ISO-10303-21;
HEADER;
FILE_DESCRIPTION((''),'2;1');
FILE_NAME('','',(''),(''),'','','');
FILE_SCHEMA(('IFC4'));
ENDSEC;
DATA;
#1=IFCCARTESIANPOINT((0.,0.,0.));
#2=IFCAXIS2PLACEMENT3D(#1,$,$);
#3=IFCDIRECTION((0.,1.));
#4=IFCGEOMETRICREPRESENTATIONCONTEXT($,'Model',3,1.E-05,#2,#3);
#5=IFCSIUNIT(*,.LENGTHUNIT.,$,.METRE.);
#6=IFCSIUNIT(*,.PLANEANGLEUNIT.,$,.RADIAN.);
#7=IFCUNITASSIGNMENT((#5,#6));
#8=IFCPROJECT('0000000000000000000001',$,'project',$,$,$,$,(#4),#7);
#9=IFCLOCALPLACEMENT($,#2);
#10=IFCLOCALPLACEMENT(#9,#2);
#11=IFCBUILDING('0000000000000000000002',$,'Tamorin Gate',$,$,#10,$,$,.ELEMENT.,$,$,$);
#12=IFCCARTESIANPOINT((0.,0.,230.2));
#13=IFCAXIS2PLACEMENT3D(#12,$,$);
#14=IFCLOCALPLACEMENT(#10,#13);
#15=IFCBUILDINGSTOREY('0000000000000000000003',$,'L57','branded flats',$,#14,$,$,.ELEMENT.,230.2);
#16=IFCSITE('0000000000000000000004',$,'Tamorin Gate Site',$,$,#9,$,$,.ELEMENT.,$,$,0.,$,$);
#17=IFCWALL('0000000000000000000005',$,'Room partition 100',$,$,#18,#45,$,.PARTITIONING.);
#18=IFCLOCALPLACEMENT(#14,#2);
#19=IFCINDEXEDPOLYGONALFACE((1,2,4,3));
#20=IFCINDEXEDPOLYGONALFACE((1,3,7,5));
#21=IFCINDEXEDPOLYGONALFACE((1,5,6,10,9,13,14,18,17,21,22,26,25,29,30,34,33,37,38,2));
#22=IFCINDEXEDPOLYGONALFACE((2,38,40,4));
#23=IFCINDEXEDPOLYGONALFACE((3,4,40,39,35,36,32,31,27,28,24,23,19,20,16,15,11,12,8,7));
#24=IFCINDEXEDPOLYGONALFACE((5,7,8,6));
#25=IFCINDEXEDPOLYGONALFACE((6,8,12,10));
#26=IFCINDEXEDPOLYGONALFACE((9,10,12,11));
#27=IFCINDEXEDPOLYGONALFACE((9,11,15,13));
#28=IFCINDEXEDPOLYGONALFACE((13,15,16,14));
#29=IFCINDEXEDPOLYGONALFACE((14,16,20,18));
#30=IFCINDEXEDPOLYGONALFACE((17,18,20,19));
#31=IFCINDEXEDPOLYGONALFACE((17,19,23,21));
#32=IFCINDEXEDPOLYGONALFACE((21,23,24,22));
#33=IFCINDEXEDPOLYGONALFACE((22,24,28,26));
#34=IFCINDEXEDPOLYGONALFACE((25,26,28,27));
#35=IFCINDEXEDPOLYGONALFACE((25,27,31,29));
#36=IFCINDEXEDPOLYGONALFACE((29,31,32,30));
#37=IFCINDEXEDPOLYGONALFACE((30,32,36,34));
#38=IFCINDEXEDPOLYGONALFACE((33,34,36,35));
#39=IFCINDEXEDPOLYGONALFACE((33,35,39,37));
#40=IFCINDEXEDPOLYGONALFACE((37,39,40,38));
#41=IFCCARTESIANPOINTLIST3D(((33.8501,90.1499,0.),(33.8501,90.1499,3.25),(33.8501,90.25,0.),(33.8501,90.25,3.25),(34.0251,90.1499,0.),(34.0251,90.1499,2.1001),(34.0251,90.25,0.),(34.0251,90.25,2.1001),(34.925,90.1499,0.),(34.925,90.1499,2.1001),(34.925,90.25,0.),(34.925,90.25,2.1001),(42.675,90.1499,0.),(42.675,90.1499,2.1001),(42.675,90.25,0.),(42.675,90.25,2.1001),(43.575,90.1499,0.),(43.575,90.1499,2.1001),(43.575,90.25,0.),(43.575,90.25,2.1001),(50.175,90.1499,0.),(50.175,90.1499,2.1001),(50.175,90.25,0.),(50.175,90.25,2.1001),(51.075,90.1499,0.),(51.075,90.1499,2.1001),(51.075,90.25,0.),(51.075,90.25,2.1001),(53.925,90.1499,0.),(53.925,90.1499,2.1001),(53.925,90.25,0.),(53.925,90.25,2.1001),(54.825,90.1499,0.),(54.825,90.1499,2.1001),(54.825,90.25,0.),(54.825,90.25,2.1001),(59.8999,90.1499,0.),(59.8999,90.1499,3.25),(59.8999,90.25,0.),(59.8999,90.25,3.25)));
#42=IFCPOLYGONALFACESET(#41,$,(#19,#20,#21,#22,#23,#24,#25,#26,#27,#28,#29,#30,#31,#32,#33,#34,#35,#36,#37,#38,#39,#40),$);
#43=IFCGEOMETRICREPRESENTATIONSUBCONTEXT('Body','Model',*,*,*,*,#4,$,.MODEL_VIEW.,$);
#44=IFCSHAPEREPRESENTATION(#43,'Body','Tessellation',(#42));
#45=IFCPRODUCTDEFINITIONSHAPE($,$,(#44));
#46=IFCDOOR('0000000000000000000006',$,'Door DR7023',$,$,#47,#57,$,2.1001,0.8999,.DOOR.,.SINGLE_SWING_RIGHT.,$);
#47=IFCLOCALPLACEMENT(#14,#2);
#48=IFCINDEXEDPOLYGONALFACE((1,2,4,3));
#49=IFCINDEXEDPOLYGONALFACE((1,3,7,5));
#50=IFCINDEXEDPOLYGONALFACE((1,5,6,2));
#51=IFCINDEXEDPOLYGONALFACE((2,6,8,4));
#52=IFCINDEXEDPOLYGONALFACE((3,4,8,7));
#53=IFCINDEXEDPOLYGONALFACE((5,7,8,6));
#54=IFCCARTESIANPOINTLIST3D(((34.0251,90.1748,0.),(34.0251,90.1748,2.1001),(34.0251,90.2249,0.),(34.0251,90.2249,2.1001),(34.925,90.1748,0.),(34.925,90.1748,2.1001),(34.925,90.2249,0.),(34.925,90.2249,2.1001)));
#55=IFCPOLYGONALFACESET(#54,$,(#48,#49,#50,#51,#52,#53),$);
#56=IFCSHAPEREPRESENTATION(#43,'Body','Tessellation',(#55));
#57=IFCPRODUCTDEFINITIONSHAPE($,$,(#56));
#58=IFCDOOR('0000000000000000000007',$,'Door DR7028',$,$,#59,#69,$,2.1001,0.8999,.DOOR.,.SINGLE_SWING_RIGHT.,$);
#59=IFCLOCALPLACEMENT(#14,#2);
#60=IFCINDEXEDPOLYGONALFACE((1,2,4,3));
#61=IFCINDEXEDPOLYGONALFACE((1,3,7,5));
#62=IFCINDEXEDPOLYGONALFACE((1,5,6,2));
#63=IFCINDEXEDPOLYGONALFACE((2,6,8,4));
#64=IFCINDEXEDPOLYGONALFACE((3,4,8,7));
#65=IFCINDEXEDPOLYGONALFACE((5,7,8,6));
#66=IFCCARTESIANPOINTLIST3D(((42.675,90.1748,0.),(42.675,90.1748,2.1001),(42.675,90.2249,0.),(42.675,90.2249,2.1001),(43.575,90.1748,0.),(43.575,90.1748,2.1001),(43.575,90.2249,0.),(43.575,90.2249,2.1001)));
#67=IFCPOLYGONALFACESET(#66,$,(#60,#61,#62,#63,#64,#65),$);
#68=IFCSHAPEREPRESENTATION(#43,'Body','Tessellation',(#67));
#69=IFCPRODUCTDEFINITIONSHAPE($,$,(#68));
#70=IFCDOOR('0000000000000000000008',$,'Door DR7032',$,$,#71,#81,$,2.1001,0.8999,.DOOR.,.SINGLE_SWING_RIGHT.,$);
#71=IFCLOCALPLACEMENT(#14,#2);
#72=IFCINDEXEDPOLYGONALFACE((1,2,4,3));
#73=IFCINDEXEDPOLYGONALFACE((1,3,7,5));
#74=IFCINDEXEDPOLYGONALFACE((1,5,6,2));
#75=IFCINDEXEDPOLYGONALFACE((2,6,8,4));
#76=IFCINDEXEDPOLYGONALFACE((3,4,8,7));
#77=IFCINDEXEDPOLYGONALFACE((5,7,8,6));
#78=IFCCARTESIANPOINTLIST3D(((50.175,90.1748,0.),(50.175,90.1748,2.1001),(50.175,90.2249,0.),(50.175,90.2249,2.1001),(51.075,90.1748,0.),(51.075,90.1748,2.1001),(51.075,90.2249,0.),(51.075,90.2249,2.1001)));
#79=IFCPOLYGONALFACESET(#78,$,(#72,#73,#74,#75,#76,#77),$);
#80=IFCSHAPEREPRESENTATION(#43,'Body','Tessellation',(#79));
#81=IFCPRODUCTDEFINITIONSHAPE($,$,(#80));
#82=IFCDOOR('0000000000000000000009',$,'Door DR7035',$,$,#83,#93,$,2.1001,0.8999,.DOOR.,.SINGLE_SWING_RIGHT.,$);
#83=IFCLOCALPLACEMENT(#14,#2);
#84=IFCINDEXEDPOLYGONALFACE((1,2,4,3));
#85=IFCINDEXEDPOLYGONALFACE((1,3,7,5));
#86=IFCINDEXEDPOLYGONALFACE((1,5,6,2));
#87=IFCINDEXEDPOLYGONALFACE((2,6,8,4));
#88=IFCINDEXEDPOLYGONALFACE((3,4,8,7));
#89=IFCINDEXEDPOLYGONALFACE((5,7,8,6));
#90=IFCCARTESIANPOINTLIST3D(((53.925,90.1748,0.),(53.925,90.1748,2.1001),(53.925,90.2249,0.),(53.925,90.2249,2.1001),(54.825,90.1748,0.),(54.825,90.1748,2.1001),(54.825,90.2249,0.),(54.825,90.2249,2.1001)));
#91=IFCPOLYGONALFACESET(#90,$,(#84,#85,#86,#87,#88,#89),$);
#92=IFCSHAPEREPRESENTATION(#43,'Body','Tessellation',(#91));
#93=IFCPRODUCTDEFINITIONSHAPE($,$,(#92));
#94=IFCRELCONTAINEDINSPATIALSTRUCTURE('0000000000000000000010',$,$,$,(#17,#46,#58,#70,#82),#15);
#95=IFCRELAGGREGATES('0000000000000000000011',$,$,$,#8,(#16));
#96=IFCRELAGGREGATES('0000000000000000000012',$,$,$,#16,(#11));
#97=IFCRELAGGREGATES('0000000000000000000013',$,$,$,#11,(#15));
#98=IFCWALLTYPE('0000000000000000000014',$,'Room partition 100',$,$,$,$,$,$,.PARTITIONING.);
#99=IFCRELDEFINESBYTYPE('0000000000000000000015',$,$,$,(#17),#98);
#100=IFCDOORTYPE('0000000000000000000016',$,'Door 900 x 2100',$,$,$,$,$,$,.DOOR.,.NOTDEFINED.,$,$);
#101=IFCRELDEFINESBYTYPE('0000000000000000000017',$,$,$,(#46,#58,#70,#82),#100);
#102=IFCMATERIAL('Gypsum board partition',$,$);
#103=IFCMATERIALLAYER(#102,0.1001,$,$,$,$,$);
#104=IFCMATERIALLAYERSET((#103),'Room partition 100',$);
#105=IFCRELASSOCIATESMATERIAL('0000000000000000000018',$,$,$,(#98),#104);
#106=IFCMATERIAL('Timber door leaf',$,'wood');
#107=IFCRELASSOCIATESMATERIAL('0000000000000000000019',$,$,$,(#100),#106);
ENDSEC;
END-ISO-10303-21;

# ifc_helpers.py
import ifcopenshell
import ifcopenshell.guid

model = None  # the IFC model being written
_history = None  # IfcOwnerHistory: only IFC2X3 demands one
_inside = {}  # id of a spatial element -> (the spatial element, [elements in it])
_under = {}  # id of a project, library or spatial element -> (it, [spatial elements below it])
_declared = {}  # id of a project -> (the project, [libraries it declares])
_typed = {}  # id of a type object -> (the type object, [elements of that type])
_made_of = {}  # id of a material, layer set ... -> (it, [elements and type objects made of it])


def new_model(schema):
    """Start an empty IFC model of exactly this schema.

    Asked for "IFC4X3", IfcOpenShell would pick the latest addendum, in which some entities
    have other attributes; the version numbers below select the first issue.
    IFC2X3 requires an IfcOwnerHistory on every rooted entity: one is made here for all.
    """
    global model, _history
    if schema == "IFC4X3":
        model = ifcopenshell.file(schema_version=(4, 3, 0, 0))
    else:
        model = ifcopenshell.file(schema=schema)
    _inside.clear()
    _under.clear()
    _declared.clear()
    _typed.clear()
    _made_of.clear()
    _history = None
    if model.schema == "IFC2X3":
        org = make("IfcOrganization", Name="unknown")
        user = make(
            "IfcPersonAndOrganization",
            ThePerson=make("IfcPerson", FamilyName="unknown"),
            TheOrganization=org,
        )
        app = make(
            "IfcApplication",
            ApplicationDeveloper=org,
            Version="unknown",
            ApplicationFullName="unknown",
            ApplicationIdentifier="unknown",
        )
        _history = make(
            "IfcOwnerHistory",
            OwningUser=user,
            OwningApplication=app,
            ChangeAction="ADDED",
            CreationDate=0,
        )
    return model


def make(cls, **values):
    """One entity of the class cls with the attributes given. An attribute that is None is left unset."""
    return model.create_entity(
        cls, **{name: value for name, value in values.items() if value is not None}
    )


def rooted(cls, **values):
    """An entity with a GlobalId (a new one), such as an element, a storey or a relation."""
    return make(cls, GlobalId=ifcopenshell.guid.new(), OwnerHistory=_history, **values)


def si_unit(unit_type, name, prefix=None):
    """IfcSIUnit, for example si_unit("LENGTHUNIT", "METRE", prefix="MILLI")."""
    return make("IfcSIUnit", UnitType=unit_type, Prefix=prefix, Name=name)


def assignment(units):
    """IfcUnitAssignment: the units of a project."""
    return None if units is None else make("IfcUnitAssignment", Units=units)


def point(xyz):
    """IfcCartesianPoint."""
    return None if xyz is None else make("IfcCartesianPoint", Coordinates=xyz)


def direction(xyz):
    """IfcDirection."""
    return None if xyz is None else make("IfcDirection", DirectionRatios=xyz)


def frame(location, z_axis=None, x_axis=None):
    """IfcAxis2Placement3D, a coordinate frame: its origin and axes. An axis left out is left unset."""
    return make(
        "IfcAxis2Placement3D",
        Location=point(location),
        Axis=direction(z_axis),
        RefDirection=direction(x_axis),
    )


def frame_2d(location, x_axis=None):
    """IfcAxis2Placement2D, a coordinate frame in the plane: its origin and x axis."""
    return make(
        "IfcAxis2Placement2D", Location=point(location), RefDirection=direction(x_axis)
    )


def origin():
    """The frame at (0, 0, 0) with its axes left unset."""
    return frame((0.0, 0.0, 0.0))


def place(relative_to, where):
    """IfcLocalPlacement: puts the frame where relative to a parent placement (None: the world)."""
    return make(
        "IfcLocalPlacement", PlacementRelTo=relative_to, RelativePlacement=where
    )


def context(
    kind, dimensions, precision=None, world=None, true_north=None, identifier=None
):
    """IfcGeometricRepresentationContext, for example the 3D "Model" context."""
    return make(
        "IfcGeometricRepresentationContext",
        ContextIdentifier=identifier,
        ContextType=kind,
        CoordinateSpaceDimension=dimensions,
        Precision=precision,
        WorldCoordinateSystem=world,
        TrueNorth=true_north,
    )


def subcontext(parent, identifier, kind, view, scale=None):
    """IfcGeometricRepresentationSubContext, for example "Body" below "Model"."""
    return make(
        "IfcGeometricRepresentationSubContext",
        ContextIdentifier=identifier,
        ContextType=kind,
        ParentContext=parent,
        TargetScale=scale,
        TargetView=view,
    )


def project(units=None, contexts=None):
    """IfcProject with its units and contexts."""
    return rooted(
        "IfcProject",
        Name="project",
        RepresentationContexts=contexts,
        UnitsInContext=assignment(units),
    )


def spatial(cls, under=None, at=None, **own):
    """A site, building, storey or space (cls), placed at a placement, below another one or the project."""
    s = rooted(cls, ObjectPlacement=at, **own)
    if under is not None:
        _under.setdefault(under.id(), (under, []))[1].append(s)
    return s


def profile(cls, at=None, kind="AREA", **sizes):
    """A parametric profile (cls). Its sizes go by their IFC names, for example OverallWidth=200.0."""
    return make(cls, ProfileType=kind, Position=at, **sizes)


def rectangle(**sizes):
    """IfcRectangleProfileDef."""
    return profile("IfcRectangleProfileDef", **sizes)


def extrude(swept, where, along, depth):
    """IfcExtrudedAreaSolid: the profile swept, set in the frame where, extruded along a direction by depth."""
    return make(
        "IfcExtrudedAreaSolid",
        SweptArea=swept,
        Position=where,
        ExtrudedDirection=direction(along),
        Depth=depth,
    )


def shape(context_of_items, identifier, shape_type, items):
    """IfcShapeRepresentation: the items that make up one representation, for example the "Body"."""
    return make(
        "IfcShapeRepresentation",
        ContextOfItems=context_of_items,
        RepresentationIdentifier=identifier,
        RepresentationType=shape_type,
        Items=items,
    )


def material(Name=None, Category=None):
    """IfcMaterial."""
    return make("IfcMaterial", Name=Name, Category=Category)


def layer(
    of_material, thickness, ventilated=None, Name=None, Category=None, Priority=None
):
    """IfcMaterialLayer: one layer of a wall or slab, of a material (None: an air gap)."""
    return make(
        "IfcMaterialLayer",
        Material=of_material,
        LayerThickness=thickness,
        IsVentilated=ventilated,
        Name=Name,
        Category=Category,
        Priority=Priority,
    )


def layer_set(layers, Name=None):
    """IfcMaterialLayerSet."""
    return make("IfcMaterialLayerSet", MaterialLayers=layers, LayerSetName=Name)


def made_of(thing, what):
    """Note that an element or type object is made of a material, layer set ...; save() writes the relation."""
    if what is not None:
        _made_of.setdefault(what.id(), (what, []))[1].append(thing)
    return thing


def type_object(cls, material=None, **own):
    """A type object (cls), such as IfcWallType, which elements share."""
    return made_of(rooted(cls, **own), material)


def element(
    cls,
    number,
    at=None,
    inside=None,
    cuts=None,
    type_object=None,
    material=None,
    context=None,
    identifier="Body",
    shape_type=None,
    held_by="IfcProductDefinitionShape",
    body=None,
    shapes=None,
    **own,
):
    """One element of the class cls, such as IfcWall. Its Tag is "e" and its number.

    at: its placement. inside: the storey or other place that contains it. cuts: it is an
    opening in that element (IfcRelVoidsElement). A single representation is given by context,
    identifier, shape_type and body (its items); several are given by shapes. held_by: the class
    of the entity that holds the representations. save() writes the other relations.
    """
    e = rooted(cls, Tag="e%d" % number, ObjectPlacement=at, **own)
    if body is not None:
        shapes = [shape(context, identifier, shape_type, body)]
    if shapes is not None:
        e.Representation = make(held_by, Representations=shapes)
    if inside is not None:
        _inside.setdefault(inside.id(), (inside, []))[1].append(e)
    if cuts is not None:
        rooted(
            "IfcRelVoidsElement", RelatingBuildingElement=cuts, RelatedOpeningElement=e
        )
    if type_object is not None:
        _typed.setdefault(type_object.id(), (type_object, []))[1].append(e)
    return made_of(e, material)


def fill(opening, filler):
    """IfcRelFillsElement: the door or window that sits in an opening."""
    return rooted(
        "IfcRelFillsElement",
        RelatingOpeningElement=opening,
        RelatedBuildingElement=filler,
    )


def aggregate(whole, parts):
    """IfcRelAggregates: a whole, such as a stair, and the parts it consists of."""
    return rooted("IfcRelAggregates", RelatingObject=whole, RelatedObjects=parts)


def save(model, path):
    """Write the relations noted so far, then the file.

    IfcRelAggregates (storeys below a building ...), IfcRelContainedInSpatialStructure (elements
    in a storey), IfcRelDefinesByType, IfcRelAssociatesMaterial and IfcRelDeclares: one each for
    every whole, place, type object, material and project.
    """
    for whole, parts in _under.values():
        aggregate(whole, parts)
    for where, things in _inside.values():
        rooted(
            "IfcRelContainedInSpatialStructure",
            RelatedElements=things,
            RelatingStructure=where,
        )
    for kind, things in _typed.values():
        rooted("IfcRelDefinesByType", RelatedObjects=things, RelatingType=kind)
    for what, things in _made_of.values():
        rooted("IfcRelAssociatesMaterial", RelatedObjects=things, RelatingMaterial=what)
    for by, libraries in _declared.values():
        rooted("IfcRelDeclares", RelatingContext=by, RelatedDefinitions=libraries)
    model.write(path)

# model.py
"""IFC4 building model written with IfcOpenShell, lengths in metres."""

from ifc_helpers import new_model, si_unit, direction, frame, frame_2d, origin, place, context, subcontext, project, spatial, rectangle, extrude, material, layer, layer_set, type_object, element, fill, save


model = new_model("IFC4")

# Units and contexts
model_context = context("Model", 3, precision=1e-05, world=origin(), true_north=direction((0.0, 1.0)))
body_context = subcontext(model_context, "Body", "Model", "MODEL_VIEW")
ifc_project = project(units=[si_unit("LENGTHUNIT", "METRE"), si_unit("PLANEANGLEUNIT", "RADIAN")], contexts=[model_context])

# Site, building, storey
site_placement = place(None, origin())
site = spatial("IfcSite", under=ifc_project, at=site_placement, Name="Tamorin Gate Site", CompositionType="ELEMENT", RefElevation=0.0)
building_placement = place(site_placement, origin())
building = spatial("IfcBuilding", under=site, at=building_placement, Name="Tamorin Gate", CompositionType="ELEMENT")
storey_placement = place(building_placement, frame((0.0, 0.0, 230.2)))
storey = spatial("IfcBuildingStorey", under=building, at=storey_placement, Name="L57", Description="branded flats", CompositionType="ELEMENT", Elevation=230.2)

# Wall, openings, doors
ifc_material_1 = material(Name="Gypsum board partition")
ifc_layer_1 = layer(ifc_material_1, 0.1001)
ifc_layer_set_1 = layer_set([ifc_layer_1], Name="Room partition 100")
wall_type_1 = type_object("IfcWallType", Name="Room partition 100", PredefinedType="PARTITIONING", material=ifc_layer_set_1)
wall_1_placement = place(storey_placement, frame((33.8501, 90.2, 0.0), z_axis=(0.0, 0.0, 1.0), x_axis=(1.0, 0.0, 0.0)))
wall_1 = element("IfcWall", 1, at=wall_1_placement, inside=storey, type_object=wall_type_1, Name="Room partition 100", PredefinedType="PARTITIONING", context=body_context, shape_type="SweptSolid", body=[
    extrude(rectangle(XDim=26.0498, YDim=0.1001, at=frame_2d((13.0249, 0.0))), origin(), (0.0, 0.0, 1.0), 3.25),
])
opening_1_placement = place(wall_1_placement, frame((0.175, 0.0, 0.0)))
opening_1 = element("IfcOpeningElement", 2, at=opening_1_placement, cuts=wall_1, PredefinedType="OPENING", context=body_context, shape_type="SweptSolid", body=[
    extrude(rectangle(XDim=0.8999, YDim=2.1001, at=frame_2d((0.45, 1.05))), frame((0.0, 0.0601, 0.0), z_axis=(0.0, -1.0, 0.0), x_axis=(1.0, 0.0, 0.0)), (0.0, 0.0, 1.0), 0.1201),
])
opening_2_placement = place(wall_1_placement, frame((8.825, 0.0, 0.0)))
opening_2 = element("IfcOpeningElement", 3, at=opening_2_placement, cuts=wall_1, PredefinedType="OPENING", context=body_context, shape_type="SweptSolid", body=[
    extrude(rectangle(XDim=0.8999, YDim=2.1001, at=frame_2d((0.45, 1.05))), frame((0.0, 0.0601, 0.0), z_axis=(0.0, -1.0, 0.0), x_axis=(1.0, 0.0, 0.0)), (0.0, 0.0, 1.0), 0.1201),
])
opening_3_placement = place(wall_1_placement, frame((16.325, 0.0, 0.0)))
opening_3 = element("IfcOpeningElement", 4, at=opening_3_placement, cuts=wall_1, PredefinedType="OPENING", context=body_context, shape_type="SweptSolid", body=[
    extrude(rectangle(XDim=0.8999, YDim=2.1001, at=frame_2d((0.45, 1.05))), frame((0.0, 0.0601, 0.0), z_axis=(0.0, -1.0, 0.0), x_axis=(1.0, 0.0, 0.0)), (0.0, 0.0, 1.0), 0.1201),
])
opening_4_placement = place(wall_1_placement, frame((20.075, 0.0, 0.0)))
opening_4 = element("IfcOpeningElement", 5, at=opening_4_placement, cuts=wall_1, PredefinedType="OPENING", context=body_context, shape_type="SweptSolid", body=[
    extrude(rectangle(XDim=0.8999, YDim=2.1001, at=frame_2d((0.45, 1.05))), frame((0.0, 0.0601, 0.0), z_axis=(0.0, -1.0, 0.0), x_axis=(1.0, 0.0, 0.0)), (0.0, 0.0, 1.0), 0.1201),
])
ifc_material_2 = material(Name="Timber door leaf", Category="wood")
door_type = type_object("IfcDoorType", Name="Door 900 x 2100", OperationType="NOTDEFINED", PredefinedType="DOOR", material=ifc_material_2)
door_1_placement = place(opening_1_placement, origin())
door_1 = element("IfcDoor", 6, at=door_1_placement, inside=storey, type_object=door_type, Name="Door DR7023", OperationType="SINGLE_SWING_RIGHT", OverallHeight=2.1001, OverallWidth=0.8999, PredefinedType="DOOR", context=body_context, shape_type="SweptSolid", body=[
    extrude(rectangle(XDim=0.8999, YDim=2.1001, at=frame_2d((0.45, 1.05))), frame((0.0, 0.0249, 0.0), z_axis=(0.0, -1.0, 0.0), x_axis=(1.0, 0.0, 0.0)), (0.0, 0.0, 1.0), 0.05),
])
fill(opening_1, door_1)
door_2_placement = place(opening_2_placement, origin())
door_2 = element("IfcDoor", 7, at=door_2_placement, inside=storey, type_object=door_type, Name="Door DR7028", OperationType="SINGLE_SWING_RIGHT", OverallHeight=2.1001, OverallWidth=0.8999, PredefinedType="DOOR", context=body_context, shape_type="SweptSolid", body=[
    extrude(rectangle(XDim=0.8999, YDim=2.1001, at=frame_2d((0.45, 1.05))), frame((0.0, 0.0249, 0.0), z_axis=(0.0, -1.0, 0.0), x_axis=(1.0, 0.0, 0.0)), (0.0, 0.0, 1.0), 0.05),
])
fill(opening_2, door_2)
door_3_placement = place(opening_3_placement, origin())
door_3 = element("IfcDoor", 8, at=door_3_placement, inside=storey, type_object=door_type, Name="Door DR7032", OperationType="SINGLE_SWING_RIGHT", OverallHeight=2.1001, OverallWidth=0.8999, PredefinedType="DOOR", context=body_context, shape_type="SweptSolid", body=[
    extrude(rectangle(XDim=0.8999, YDim=2.1001, at=frame_2d((0.45, 1.05))), frame((0.0, 0.0249, 0.0), z_axis=(0.0, -1.0, 0.0), x_axis=(1.0, 0.0, 0.0)), (0.0, 0.0, 1.0), 0.05),
])
fill(opening_3, door_3)
door_4_placement = place(opening_4_placement, origin())
door_4 = element("IfcDoor", 9, at=door_4_placement, inside=storey, type_object=door_type, Name="Door DR7035", OperationType="SINGLE_SWING_RIGHT", OverallHeight=2.1001, OverallWidth=0.8999, PredefinedType="DOOR", context=body_context, shape_type="SweptSolid", body=[
    extrude(rectangle(XDim=0.8999, YDim=2.1001, at=frame_2d((0.45, 1.05))), frame((0.0, 0.0249, 0.0), z_axis=(0.0, -1.0, 0.0), x_axis=(1.0, 0.0, 0.0)), (0.0, 0.0, 1.0), 0.05),
])
fill(opening_4, door_4)

save(model, "model.ifc")
